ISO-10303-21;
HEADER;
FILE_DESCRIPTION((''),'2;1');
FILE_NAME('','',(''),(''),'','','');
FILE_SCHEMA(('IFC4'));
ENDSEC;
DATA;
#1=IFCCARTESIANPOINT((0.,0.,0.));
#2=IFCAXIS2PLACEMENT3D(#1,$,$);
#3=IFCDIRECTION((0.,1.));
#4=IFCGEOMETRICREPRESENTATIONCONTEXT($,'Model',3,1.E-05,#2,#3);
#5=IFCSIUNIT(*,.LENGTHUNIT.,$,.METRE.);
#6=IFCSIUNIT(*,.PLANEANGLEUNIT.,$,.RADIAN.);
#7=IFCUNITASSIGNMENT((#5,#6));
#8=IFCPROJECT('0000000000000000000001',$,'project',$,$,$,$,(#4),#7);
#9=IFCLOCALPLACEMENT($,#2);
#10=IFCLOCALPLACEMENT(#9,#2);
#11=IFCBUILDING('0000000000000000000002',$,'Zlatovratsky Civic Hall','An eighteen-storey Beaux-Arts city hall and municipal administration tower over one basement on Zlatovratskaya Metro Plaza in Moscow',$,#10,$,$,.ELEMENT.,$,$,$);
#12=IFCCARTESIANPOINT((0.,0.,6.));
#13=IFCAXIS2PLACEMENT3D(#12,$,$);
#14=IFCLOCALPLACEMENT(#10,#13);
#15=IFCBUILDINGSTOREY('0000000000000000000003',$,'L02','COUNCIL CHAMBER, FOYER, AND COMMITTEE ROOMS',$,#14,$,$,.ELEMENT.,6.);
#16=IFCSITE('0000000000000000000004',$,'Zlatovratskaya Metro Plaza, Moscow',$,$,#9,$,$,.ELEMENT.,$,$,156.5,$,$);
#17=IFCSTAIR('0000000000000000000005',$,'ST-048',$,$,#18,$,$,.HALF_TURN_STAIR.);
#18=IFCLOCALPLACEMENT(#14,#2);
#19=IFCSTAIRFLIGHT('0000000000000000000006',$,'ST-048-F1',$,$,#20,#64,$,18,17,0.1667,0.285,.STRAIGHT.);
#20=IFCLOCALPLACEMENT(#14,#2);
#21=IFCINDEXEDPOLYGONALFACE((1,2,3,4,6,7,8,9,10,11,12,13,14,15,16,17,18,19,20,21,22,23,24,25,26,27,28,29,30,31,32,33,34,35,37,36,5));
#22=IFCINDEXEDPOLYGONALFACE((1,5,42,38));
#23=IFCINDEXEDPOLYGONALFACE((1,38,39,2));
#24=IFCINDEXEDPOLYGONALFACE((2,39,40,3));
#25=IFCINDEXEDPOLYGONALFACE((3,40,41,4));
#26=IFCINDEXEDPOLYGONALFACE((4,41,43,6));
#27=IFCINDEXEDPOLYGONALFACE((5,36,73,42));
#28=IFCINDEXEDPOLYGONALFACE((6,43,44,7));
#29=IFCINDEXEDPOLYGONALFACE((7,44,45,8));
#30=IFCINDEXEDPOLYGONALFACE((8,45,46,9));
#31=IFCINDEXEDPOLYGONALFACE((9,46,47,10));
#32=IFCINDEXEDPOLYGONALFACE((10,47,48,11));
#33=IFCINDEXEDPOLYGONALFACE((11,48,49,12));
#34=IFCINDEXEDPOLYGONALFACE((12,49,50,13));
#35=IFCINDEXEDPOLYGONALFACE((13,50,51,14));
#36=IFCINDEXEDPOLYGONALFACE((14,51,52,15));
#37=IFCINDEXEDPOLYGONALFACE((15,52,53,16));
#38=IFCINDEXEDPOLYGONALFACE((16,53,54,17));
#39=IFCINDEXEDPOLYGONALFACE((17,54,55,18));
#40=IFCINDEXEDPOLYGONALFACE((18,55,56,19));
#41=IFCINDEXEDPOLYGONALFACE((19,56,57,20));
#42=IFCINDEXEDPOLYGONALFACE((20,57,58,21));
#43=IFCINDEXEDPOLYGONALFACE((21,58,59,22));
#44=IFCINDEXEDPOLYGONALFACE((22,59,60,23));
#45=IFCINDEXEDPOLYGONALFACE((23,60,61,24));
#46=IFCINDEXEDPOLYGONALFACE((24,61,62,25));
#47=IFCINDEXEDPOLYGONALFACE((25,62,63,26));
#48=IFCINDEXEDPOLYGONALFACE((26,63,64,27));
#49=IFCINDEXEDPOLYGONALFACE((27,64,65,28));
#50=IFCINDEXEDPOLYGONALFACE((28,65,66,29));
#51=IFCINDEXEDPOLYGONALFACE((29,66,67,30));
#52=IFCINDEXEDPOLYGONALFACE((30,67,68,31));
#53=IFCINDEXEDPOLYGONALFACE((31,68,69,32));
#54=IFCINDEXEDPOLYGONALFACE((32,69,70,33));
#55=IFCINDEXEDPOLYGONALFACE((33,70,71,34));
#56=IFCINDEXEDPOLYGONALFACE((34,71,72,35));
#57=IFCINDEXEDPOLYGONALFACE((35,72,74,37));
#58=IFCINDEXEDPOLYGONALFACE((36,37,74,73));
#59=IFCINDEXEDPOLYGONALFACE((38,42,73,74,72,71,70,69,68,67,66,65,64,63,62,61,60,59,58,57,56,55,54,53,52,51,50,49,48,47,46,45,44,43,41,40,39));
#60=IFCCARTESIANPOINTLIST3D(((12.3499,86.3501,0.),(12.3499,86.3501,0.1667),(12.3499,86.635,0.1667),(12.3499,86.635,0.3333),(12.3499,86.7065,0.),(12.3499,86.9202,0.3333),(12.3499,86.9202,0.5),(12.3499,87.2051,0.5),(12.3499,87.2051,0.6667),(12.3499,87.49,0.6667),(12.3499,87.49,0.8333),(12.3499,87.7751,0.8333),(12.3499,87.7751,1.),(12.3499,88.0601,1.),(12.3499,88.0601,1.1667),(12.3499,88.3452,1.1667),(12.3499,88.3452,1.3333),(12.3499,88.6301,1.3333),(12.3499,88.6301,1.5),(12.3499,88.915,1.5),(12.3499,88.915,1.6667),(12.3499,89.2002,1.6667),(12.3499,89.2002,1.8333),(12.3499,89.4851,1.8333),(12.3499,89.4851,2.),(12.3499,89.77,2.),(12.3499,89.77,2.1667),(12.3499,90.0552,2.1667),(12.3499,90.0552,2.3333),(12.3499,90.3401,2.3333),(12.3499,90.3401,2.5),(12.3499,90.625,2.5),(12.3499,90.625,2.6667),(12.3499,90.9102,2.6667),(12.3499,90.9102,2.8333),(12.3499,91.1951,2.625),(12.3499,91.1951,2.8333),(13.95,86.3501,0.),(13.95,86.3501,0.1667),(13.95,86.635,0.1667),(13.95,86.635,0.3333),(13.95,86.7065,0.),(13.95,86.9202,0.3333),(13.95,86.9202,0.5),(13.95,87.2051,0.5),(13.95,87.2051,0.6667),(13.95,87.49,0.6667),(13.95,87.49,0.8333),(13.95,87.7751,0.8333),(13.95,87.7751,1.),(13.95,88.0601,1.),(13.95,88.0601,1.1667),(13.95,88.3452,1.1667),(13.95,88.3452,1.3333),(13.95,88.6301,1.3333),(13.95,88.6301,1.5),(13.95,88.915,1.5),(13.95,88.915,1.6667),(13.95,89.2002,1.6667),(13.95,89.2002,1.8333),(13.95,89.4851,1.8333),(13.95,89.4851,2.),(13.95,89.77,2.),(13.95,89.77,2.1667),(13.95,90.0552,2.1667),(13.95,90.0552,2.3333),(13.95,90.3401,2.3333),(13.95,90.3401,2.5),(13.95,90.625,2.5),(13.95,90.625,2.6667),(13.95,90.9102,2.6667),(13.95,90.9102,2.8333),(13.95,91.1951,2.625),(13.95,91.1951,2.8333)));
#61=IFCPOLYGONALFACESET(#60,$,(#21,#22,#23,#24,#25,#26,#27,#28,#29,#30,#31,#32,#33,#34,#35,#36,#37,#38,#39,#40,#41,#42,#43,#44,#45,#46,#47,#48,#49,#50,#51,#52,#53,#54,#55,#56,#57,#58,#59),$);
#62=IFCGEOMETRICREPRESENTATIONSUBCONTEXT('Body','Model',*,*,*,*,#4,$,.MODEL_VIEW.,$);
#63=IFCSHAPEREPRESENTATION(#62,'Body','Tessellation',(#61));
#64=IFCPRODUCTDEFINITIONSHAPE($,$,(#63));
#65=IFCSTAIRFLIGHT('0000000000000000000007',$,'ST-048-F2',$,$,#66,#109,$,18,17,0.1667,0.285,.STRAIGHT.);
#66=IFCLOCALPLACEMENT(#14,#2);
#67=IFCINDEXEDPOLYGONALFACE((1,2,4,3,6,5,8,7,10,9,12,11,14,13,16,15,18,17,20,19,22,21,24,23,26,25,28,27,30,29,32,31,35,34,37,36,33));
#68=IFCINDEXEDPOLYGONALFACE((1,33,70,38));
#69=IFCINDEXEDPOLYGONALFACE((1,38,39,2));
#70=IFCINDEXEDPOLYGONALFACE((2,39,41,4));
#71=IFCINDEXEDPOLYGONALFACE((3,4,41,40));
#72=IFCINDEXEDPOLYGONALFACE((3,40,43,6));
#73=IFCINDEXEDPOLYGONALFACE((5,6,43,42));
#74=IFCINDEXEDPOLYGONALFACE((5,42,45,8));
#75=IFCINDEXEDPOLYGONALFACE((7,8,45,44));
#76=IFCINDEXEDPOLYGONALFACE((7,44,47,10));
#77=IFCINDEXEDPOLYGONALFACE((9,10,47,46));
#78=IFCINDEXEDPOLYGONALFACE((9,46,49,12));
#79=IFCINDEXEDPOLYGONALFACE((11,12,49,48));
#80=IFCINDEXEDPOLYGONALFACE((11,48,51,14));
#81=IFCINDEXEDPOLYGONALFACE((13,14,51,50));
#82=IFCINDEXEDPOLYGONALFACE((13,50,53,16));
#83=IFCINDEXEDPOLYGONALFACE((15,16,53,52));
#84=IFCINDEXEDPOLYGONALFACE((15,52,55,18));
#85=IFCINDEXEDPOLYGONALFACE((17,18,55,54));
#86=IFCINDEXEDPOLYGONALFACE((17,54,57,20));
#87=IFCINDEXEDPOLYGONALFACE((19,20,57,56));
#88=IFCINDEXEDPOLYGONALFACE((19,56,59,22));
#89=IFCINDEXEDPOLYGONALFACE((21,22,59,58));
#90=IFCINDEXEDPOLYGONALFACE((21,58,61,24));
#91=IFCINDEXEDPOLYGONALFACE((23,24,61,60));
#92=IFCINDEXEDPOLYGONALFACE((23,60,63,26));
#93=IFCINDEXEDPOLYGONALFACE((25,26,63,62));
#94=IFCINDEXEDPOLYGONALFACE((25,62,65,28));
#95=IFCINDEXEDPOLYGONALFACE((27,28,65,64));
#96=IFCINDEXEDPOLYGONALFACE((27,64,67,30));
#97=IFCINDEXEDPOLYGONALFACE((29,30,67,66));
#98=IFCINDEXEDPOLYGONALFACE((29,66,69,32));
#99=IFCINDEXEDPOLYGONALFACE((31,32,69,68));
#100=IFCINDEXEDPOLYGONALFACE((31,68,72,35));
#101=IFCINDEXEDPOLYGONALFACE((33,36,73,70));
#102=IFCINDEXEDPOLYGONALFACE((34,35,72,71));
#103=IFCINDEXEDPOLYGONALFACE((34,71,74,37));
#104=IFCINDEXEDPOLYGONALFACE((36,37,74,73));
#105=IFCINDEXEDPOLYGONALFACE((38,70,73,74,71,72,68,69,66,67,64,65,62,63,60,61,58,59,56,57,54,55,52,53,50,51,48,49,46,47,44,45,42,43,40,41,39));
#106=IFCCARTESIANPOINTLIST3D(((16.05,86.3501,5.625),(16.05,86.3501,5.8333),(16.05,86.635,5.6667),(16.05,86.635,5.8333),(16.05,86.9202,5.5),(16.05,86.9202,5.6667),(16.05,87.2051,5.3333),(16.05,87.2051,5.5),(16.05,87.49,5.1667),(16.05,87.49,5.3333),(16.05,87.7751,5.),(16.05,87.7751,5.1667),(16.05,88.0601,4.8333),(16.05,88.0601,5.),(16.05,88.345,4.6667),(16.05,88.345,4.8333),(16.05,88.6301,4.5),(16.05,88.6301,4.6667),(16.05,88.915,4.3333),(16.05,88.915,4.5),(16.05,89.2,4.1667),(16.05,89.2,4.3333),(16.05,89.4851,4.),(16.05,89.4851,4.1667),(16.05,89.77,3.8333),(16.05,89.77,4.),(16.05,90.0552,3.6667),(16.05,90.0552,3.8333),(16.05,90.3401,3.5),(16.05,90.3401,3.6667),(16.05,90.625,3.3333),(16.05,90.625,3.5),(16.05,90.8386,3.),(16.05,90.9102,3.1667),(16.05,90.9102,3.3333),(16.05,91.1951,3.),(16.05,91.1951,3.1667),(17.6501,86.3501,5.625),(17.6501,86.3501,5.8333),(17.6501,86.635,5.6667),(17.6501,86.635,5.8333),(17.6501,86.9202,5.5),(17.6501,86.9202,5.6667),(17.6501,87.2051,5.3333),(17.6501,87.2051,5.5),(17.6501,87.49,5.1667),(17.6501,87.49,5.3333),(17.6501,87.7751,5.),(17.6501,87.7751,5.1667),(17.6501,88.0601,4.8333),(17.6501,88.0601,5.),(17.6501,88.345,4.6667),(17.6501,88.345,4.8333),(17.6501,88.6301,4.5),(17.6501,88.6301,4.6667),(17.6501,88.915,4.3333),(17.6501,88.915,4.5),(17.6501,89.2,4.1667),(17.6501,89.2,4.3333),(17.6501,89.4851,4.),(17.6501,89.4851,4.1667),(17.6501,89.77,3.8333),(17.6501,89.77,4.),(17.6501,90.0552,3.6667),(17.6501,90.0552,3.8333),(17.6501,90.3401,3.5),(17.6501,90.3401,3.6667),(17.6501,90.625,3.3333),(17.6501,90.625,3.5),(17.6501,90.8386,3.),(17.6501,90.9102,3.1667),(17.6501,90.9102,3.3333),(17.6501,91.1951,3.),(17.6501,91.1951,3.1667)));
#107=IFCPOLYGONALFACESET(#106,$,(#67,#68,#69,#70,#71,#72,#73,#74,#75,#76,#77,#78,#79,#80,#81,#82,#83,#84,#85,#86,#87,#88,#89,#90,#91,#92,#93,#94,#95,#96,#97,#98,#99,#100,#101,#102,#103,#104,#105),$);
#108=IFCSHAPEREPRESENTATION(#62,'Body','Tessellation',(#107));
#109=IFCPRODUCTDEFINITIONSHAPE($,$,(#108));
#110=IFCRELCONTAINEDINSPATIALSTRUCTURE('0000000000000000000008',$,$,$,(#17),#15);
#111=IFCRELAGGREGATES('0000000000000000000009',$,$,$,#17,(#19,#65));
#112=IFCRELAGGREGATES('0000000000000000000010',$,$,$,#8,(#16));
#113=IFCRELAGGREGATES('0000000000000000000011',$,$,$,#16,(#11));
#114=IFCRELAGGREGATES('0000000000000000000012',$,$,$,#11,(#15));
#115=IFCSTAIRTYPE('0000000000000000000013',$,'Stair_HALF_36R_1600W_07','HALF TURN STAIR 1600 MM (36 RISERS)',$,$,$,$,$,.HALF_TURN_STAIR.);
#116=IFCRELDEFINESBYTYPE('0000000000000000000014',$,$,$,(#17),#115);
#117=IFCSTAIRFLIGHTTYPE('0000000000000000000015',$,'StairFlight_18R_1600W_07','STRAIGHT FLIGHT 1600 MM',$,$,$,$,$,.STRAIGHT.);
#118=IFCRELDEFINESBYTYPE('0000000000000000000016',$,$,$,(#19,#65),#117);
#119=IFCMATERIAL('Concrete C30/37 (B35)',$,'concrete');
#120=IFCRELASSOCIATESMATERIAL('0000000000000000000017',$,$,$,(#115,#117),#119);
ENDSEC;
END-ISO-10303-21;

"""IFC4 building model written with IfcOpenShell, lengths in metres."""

from ifc_helpers import new_model, si_unit, direction, frame, origin, place, context, subcontext, project, spatial, polyline, outline, extrude, material, type_object, element, aggregate, save


model = new_model("IFC4")

# Units and contexts
model_context = context("Model", 3, precision=1e-05, world=origin(), true_north=direction((0.0, 1.0)))
body_context = subcontext(model_context, "Body", "Model", "MODEL_VIEW")
ifc_project = project(units=[si_unit("LENGTHUNIT", "METRE"), si_unit("PLANEANGLEUNIT", "RADIAN")], contexts=[model_context])

# Site, building, storey
site_placement = place(None, origin())
site = spatial("IfcSite", under=ifc_project, at=site_placement, Name="Zlatovratskaya Metro Plaza, Moscow", CompositionType="ELEMENT", RefElevation=156.5)
building_placement = place(site_placement, origin())
building = spatial("IfcBuilding", under=site, at=building_placement, Name="Zlatovratsky Civic Hall", Description="An eighteen-storey Beaux-Arts city hall and municipal administration tower over one basement on Zlatovratskaya Metro Plaza in Moscow", CompositionType="ELEMENT")
storey_placement = place(building_placement, frame((0.0, 0.0, 6.0)))
storey = spatial("IfcBuildingStorey", under=building, at=storey_placement, Name="L02", Description="COUNCIL CHAMBER, FOYER, AND COMMITTEE ROOMS", CompositionType="ELEMENT", Elevation=6.0)

# Stair, stair flights
ifc_material_1 = material(Name="Concrete C30/37 (B35)", Category="concrete")
stair_type = type_object("IfcStairType", Name="Stair_HALF_36R_1600W_07", Description="HALF TURN STAIR 1600 MM (36 RISERS)", PredefinedType="HALF_TURN_STAIR", material=ifc_material_1)
stair_placement = place(storey_placement, origin())
stair = element("IfcStair", 1, at=stair_placement, inside=storey, type_object=stair_type, Name="ST-048", PredefinedType="HALF_TURN_STAIR")
stair_flight_type = type_object("IfcStairFlightType", Name="StairFlight_18R_1600W_07", Description="STRAIGHT FLIGHT 1600 MM", PredefinedType="STRAIGHT", material=ifc_material_1)
stair_flight_1_placement = place(storey_placement, frame((13.1499, 86.3501, 0.0), z_axis=(0.0, 0.0, 1.0), x_axis=(0.0, 1.0, 0.0)))
stair_flight_1 = element("IfcStairFlight", 2, at=stair_flight_1_placement, type_object=stair_flight_type, Name="ST-048-F1", NumberOfRisers=18, NumberOfTreads=17, PredefinedType="STRAIGHT", RiserHeight=0.1667, TreadLength=0.285, context=body_context, shape_type="SweptSolid", body=[
    extrude(outline(polyline([(0.0, 0.0), (0.0, 0.1667), (0.2849, 0.1667), (0.2849, 0.3333), (0.5701, 0.3333), (0.5701, 0.5), (0.855, 0.5), (0.855, 0.6667), (1.1399, 0.6667), (1.1399, 0.8333), (1.425, 0.8333), (1.425, 1.0), (1.71, 1.0), (1.71, 1.1667), (1.9951, 1.1667), (1.9951, 1.3333), (2.28, 1.3333), (2.28, 1.5), (2.5649, 1.5), (2.5649, 1.6667), (2.8501, 1.6667), (2.8501, 1.8333), (3.135, 1.8333), (3.135, 2.0), (3.4199, 2.0), (3.4199, 2.1667), (3.7051, 2.1667), (3.7051, 2.3333), (3.99, 2.3333), (3.99, 2.5), (4.2749, 2.5), (4.2749, 2.6667), (4.5601, 2.6667), (4.5601, 2.8333), (4.845, 2.8333), (4.845, 3.0), (4.845, 2.625), (0.3564, 0.0), (0.0, 0.0)])), frame((0.0, 0.8, 0.0), z_axis=(0.0, -1.0, 0.0), x_axis=(1.0, 0.0, 0.0)), (0.0, 0.0, 1.0), 1.6001),
])
stair_flight_2_placement = place(storey_placement, frame((16.8501, 91.1951, 3.0), z_axis=(0.0, 0.0, 1.0), x_axis=(0.0, -1.0, 0.0)))
stair_flight_2 = element("IfcStairFlight", 3, at=stair_flight_2_placement, type_object=stair_flight_type, Name="ST-048-F2", NumberOfRisers=18, NumberOfTreads=17, PredefinedType="STRAIGHT", RiserHeight=0.1667, TreadLength=0.285, context=body_context, shape_type="SweptSolid", body=[
    extrude(outline(polyline([(0.0, 0.0), (0.0, 0.1667), (0.2849, 0.1667), (0.2849, 0.3333), (0.5701, 0.3333), (0.5701, 0.5), (0.855, 0.5), (0.855, 0.6667), (1.1399, 0.6667), (1.1399, 0.8333), (1.425, 0.8333), (1.425, 1.0), (1.71, 1.0), (1.71, 1.1667), (1.9951, 1.1667), (1.9951, 1.3333), (2.28, 1.3333), (2.28, 1.5), (2.5649, 1.5), (2.5649, 1.6667), (2.8501, 1.6667), (2.8501, 1.8333), (3.135, 1.8333), (3.135, 2.0), (3.4199, 2.0), (3.4199, 2.1667), (3.7051, 2.1667), (3.7051, 2.3333), (3.99, 2.3333), (3.99, 2.5), (4.2749, 2.5), (4.2749, 2.6667), (4.5601, 2.6667), (4.5601, 2.8333), (4.845, 2.8333), (4.845, 3.0), (4.845, 2.625), (0.3564, 0.0), (0.0, 0.0)])), frame((0.0, 0.8, 0.0), z_axis=(0.0, -1.0, 0.0), x_axis=(1.0, 0.0, 0.0)), (0.0, 0.0, 1.0), 1.6001),
])
aggregate(stair, [stair_flight_1, stair_flight_2])

save(model, "model.ifc")
